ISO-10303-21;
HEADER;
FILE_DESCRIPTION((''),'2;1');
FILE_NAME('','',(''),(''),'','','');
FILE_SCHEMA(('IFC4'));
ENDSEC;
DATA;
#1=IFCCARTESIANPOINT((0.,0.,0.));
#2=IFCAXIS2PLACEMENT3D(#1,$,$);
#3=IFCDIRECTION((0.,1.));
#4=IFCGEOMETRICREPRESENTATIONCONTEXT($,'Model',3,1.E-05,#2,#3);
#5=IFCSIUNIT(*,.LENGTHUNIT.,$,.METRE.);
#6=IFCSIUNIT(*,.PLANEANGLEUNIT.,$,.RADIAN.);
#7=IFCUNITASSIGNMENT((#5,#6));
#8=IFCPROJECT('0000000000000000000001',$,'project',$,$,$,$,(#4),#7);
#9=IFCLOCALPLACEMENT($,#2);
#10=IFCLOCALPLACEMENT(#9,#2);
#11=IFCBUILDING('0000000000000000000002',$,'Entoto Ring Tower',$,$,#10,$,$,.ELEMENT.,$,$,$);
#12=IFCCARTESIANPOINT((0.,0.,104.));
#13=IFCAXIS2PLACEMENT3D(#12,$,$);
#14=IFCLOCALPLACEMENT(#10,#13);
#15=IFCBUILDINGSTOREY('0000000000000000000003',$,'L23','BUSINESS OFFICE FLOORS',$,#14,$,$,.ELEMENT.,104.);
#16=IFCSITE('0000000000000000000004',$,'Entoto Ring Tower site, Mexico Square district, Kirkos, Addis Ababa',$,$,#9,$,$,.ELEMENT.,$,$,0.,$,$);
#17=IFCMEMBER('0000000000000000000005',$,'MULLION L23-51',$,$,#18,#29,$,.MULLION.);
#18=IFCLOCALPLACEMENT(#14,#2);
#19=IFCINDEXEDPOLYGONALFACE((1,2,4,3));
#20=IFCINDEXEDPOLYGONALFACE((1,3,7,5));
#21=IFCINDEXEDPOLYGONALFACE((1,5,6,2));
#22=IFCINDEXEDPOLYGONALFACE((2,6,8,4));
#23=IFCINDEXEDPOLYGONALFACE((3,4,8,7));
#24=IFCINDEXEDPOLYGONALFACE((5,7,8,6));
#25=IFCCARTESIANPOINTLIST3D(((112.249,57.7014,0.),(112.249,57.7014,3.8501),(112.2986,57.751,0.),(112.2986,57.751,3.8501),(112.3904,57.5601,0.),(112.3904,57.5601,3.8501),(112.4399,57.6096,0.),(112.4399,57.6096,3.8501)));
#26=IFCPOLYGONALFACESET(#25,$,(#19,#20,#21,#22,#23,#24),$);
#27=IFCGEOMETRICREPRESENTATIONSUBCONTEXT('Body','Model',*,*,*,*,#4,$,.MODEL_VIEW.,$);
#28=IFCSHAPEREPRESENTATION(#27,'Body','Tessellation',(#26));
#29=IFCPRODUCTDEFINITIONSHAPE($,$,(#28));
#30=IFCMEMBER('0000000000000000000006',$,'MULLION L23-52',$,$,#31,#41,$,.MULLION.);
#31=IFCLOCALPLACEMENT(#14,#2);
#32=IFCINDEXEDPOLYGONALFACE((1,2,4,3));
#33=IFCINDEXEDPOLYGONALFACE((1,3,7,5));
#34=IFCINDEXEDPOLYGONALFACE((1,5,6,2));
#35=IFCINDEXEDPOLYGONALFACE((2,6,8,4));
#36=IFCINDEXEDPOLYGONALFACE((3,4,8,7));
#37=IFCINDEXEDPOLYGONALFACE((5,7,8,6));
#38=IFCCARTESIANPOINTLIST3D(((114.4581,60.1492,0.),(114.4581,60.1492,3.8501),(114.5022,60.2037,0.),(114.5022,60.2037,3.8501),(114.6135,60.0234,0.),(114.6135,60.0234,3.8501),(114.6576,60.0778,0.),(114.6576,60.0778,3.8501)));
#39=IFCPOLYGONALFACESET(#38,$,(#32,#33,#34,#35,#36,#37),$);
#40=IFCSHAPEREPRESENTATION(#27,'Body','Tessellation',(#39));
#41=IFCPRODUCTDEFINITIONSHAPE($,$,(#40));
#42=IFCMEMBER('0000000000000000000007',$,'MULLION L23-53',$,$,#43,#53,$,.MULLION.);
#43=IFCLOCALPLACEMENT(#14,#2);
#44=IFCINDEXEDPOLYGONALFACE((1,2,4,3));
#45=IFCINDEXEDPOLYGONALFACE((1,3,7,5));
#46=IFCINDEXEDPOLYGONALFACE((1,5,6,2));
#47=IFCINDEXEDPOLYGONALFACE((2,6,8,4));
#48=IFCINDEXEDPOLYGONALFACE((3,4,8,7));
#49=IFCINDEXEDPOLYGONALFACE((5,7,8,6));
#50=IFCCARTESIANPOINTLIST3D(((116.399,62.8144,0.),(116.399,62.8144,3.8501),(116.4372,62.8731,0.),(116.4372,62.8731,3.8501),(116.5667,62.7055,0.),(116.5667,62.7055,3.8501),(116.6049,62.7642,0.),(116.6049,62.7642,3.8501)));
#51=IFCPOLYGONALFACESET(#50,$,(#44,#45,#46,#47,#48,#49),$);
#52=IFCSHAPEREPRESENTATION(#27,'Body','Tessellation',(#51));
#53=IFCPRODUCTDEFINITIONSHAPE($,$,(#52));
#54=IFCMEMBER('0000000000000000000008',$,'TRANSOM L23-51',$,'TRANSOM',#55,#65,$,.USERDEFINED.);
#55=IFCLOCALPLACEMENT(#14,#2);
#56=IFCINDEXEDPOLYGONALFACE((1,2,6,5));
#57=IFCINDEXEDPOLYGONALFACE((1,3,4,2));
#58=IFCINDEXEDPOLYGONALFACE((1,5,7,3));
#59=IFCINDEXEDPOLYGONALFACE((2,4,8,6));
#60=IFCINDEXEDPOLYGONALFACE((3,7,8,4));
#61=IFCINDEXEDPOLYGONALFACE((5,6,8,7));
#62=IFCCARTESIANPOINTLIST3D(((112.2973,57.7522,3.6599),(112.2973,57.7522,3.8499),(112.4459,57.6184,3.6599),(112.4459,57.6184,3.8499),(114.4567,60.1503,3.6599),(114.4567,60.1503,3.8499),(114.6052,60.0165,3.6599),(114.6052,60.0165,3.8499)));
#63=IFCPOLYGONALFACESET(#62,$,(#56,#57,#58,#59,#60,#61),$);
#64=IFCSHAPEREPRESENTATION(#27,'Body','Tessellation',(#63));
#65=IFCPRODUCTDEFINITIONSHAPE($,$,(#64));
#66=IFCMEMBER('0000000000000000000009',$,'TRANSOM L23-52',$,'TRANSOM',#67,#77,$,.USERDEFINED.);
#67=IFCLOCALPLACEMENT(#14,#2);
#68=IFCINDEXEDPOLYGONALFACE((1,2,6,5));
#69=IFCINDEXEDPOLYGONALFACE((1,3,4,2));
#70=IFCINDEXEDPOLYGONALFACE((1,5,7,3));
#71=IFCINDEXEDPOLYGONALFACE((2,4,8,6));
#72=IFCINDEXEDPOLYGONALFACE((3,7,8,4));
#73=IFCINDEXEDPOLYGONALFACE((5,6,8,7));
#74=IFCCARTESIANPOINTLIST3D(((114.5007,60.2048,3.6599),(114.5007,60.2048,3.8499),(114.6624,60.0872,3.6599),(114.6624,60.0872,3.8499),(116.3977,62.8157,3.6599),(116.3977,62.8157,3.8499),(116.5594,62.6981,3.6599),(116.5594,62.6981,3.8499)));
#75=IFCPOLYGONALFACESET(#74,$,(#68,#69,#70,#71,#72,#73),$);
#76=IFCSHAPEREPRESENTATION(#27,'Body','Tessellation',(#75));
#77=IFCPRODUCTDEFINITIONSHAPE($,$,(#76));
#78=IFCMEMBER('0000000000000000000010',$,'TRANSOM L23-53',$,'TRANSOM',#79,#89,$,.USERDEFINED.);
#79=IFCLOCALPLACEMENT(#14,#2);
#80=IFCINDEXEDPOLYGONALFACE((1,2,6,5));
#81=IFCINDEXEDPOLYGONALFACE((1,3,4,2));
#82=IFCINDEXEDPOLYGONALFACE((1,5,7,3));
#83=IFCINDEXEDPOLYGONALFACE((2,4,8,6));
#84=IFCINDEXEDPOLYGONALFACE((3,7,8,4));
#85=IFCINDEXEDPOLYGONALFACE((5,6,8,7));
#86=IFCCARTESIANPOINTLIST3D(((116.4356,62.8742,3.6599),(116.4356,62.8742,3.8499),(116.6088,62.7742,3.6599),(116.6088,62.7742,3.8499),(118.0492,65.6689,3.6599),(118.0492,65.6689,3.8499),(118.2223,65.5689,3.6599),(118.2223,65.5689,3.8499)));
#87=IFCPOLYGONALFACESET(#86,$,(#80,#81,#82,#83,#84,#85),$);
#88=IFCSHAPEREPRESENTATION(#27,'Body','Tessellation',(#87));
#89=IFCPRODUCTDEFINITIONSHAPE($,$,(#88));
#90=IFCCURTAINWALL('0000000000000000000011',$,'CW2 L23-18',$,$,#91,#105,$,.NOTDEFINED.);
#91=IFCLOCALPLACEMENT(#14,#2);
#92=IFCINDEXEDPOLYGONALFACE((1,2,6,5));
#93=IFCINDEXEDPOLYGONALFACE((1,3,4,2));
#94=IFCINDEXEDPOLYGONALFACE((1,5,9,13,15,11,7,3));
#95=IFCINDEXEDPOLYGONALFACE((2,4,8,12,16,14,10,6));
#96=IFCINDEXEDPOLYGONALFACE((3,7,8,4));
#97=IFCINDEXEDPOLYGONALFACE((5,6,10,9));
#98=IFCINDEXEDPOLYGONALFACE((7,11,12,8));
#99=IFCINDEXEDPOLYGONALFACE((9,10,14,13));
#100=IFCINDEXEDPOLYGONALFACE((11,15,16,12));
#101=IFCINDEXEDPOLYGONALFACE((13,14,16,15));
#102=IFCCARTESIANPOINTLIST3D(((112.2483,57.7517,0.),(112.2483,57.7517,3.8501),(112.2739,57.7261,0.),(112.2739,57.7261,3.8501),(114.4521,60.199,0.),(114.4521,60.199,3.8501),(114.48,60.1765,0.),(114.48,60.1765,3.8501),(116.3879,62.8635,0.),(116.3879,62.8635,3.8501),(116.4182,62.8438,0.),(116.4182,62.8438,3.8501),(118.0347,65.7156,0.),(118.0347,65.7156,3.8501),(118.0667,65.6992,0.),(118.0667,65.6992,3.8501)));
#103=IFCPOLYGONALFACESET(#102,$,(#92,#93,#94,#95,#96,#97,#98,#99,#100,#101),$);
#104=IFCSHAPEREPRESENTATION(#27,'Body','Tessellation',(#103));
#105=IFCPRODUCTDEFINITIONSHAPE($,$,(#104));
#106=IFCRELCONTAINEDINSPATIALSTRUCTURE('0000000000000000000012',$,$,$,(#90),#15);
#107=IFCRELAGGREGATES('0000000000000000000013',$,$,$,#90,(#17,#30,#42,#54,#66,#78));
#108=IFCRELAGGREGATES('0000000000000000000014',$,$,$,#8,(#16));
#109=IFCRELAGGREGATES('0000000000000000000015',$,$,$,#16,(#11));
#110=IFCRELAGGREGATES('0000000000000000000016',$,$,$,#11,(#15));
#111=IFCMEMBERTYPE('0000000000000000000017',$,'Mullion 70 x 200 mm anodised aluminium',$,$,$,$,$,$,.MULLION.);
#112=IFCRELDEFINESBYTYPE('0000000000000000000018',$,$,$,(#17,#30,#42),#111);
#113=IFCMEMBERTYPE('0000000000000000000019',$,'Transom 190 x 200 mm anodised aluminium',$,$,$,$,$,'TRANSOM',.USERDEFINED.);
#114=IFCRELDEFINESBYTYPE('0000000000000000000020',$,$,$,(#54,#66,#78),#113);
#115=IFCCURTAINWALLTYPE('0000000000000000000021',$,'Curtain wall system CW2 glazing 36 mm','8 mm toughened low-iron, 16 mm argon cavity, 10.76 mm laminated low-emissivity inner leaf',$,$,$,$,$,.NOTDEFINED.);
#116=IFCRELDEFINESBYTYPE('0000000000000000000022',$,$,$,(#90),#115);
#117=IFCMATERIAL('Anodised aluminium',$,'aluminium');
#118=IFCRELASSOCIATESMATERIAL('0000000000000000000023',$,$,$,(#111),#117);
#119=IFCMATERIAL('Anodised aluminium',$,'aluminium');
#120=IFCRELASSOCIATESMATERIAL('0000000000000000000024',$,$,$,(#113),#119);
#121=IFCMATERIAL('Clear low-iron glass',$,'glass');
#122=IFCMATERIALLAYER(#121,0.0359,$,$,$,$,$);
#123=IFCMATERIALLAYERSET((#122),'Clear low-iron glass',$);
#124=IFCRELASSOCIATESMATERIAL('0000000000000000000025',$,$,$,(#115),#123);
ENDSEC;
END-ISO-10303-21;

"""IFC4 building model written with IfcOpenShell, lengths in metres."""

from ifc_helpers import new_model, si_unit, direction, frame, origin, origin_2d, place, context, subcontext, project, spatial, polyline, rectangle, outline, extrude, material, layer, layer_set, material_profile, profile_set, type_object, element, aggregate, save


model = new_model("IFC4")

# Units and contexts
model_context = context("Model", 3, precision=1e-05, world=origin(), true_north=direction((0.0, 1.0)))
body_context = subcontext(model_context, "Body", "Model", "MODEL_VIEW")
ifc_project = project(units=[si_unit("LENGTHUNIT", "METRE"), si_unit("PLANEANGLEUNIT", "RADIAN")], contexts=[model_context])

# Members
ifc_material_1 = material(Name="Anodised aluminium", Category="aluminium")
ifc_material_profile_1 = material_profile(ifc_material_1, rectangle(XDim=0.0701, YDim=0.2, at=origin_2d()), Name="Mullion 70 x 200 mm anodised aluminium")
ifc_profile_set_1 = profile_set([ifc_material_profile_1], Name="Anodised aluminium")
member_type_1 = type_object("IfcMemberType", Name="Mullion 70 x 200 mm anodised aluminium", PredefinedType="MULLION", material=ifc_profile_set_1)
site_placement = place(None, origin())
building_placement = place(site_placement, origin())
storey_placement = place(building_placement, frame((0.0, 0.0, 104.0)))
member_1_placement = place(storey_placement, frame((112.3445, 57.6555, 0.0), z_axis=(0.0, 0.0, 1.0), x_axis=(0.707107, 0.707107, 0.0)))
member_1 = element("IfcMember", 1, at=member_1_placement, type_object=member_type_1, Name="MULLION L23-51", PredefinedType="MULLION", context=body_context, shape_type="SweptSolid", body=[
    extrude(rectangle(XDim=0.0701, YDim=0.2, at=origin_2d()), origin(), (0.0, 0.0, 1.0), 3.8501),
])
member_2_placement = place(storey_placement, frame((114.5579, 60.1135, 0.0), z_axis=(0.0, 0.0, 1.0), x_axis=(0.62932, 0.777146, 0.0)))
member_2 = element("IfcMember", 2, at=member_2_placement, type_object=member_type_1, Name="MULLION L23-52", PredefinedType="MULLION", context=body_context, shape_type="SweptSolid", body=[
    extrude(rectangle(XDim=0.0701, YDim=0.2, at=origin_2d()), origin(), (0.0, 0.0, 1.0), 3.8501),
])
member_3_placement = place(storey_placement, frame((116.502, 62.7893, 0.0), z_axis=(0.0, 0.0, 1.0), x_axis=(0.544639, 0.838671, 0.0)))
member_3 = element("IfcMember", 3, at=member_3_placement, type_object=member_type_1, Name="MULLION L23-53", PredefinedType="MULLION", context=body_context, shape_type="SweptSolid", body=[
    extrude(rectangle(XDim=0.0701, YDim=0.2, at=origin_2d()), origin(), (0.0, 0.0, 1.0), 3.8501),
])
ifc_material_2 = material(Name="Anodised aluminium", Category="aluminium")
ifc_material_profile_2 = material_profile(ifc_material_2, rectangle(XDim=0.2, YDim=0.1899, at=origin_2d()), Name="Transom 190 x 200 mm anodised aluminium")
ifc_profile_set_2 = profile_set([ifc_material_profile_2], Name="Anodised aluminium")
member_type_2 = type_object("IfcMemberType", Name="Transom 190 x 200 mm anodised aluminium", ElementType="TRANSOM", PredefinedType="USERDEFINED", material=ifc_profile_set_2)
member_4_placement = place(storey_placement, frame((112.3716, 57.6853, 3.7549), z_axis=(0.669144, 0.743132, 0.0), x_axis=(-0.743132, 0.669144, 0.0)))
member_4 = element("IfcMember", 4, at=member_4_placement, type_object=member_type_2, Name="TRANSOM L23-51", ObjectType="TRANSOM", PredefinedType="USERDEFINED", context=body_context, shape_type="SweptSolid", body=[
    extrude(rectangle(XDim=0.2, YDim=0.1899, at=origin_2d()), origin(), (0.0, 0.0, 1.0), 3.2271),
])
member_5_placement = place(storey_placement, frame((114.5815, 60.146, 3.7549), z_axis=(0.587803, 0.809004, 0.0), x_axis=(-0.809004, 0.587803, 0.0)))
member_5 = element("IfcMember", 5, at=member_5_placement, type_object=member_type_2, Name="TRANSOM L23-52", ObjectType="TRANSOM", PredefinedType="USERDEFINED", context=body_context, shape_type="SweptSolid", body=[
    extrude(rectangle(XDim=0.2, YDim=0.1899, at=origin_2d()), origin(), (0.0, 0.0, 1.0), 3.2273),
])
member_6_placement = place(storey_placement, frame((116.5222, 62.8242, 3.7549), z_axis=(0.500004, 0.866023, 0.0), x_axis=(-0.866023, 0.500004, 0.0)))
member_6 = element("IfcMember", 6, at=member_6_placement, type_object=member_type_2, Name="TRANSOM L23-53", ObjectType="TRANSOM", PredefinedType="USERDEFINED", context=body_context, shape_type="SweptSolid", body=[
    extrude(rectangle(XDim=0.2, YDim=0.1899, at=origin_2d()), origin(), (0.0, 0.0, 1.0), 3.2271),
])

# Site, building, storey
site = spatial("IfcSite", under=ifc_project, at=site_placement, Name="Entoto Ring Tower site, Mexico Square district, Kirkos, Addis Ababa", CompositionType="ELEMENT", RefElevation=0.0)
building = spatial("IfcBuilding", under=site, at=building_placement, Name="Entoto Ring Tower", CompositionType="ELEMENT")
storey = spatial("IfcBuildingStorey", under=building, at=storey_placement, Name="L23", Description="BUSINESS OFFICE FLOORS", CompositionType="ELEMENT", Elevation=104.0)

# Curtain wall
ifc_material_3 = material(Name="Clear low-iron glass", Category="glass")
ifc_layer_1 = layer(ifc_material_3, 0.0359)
ifc_layer_set_1 = layer_set([ifc_layer_1], Name="Clear low-iron glass")
curtain_wall_type = type_object("IfcCurtainWallType", Name="Curtain wall system CW2 glazing 36 mm", Description="8 mm toughened low-iron, 16 mm argon cavity, 10.76 mm laminated low-emissivity inner leaf", PredefinedType="NOTDEFINED", material=ifc_layer_set_1)
curtain_wall_1_placement = place(storey_placement, origin())
curtain_wall_1 = element("IfcCurtainWall", 7, at=curtain_wall_1_placement, inside=storey, type_object=curtain_wall_type, Name="CW2 L23-18", PredefinedType="NOTDEFINED", context=body_context, shape_type="SweptSolid", body=[
    extrude(outline(polyline([(112.2739, 57.7261), (114.48, 60.1765), (116.4182, 62.8438), (118.0667, 65.6992), (118.0347, 65.7156), (116.3879, 62.8635), (114.4521, 60.199), (112.2483, 57.7517), (112.2739, 57.7261)])), origin(), (0.0, 0.0, 1.0), 3.8501),
])
aggregate(curtain_wall_1, [member_1, member_2, member_3, member_4, member_5, member_6])

save(model, "model.ifc")
